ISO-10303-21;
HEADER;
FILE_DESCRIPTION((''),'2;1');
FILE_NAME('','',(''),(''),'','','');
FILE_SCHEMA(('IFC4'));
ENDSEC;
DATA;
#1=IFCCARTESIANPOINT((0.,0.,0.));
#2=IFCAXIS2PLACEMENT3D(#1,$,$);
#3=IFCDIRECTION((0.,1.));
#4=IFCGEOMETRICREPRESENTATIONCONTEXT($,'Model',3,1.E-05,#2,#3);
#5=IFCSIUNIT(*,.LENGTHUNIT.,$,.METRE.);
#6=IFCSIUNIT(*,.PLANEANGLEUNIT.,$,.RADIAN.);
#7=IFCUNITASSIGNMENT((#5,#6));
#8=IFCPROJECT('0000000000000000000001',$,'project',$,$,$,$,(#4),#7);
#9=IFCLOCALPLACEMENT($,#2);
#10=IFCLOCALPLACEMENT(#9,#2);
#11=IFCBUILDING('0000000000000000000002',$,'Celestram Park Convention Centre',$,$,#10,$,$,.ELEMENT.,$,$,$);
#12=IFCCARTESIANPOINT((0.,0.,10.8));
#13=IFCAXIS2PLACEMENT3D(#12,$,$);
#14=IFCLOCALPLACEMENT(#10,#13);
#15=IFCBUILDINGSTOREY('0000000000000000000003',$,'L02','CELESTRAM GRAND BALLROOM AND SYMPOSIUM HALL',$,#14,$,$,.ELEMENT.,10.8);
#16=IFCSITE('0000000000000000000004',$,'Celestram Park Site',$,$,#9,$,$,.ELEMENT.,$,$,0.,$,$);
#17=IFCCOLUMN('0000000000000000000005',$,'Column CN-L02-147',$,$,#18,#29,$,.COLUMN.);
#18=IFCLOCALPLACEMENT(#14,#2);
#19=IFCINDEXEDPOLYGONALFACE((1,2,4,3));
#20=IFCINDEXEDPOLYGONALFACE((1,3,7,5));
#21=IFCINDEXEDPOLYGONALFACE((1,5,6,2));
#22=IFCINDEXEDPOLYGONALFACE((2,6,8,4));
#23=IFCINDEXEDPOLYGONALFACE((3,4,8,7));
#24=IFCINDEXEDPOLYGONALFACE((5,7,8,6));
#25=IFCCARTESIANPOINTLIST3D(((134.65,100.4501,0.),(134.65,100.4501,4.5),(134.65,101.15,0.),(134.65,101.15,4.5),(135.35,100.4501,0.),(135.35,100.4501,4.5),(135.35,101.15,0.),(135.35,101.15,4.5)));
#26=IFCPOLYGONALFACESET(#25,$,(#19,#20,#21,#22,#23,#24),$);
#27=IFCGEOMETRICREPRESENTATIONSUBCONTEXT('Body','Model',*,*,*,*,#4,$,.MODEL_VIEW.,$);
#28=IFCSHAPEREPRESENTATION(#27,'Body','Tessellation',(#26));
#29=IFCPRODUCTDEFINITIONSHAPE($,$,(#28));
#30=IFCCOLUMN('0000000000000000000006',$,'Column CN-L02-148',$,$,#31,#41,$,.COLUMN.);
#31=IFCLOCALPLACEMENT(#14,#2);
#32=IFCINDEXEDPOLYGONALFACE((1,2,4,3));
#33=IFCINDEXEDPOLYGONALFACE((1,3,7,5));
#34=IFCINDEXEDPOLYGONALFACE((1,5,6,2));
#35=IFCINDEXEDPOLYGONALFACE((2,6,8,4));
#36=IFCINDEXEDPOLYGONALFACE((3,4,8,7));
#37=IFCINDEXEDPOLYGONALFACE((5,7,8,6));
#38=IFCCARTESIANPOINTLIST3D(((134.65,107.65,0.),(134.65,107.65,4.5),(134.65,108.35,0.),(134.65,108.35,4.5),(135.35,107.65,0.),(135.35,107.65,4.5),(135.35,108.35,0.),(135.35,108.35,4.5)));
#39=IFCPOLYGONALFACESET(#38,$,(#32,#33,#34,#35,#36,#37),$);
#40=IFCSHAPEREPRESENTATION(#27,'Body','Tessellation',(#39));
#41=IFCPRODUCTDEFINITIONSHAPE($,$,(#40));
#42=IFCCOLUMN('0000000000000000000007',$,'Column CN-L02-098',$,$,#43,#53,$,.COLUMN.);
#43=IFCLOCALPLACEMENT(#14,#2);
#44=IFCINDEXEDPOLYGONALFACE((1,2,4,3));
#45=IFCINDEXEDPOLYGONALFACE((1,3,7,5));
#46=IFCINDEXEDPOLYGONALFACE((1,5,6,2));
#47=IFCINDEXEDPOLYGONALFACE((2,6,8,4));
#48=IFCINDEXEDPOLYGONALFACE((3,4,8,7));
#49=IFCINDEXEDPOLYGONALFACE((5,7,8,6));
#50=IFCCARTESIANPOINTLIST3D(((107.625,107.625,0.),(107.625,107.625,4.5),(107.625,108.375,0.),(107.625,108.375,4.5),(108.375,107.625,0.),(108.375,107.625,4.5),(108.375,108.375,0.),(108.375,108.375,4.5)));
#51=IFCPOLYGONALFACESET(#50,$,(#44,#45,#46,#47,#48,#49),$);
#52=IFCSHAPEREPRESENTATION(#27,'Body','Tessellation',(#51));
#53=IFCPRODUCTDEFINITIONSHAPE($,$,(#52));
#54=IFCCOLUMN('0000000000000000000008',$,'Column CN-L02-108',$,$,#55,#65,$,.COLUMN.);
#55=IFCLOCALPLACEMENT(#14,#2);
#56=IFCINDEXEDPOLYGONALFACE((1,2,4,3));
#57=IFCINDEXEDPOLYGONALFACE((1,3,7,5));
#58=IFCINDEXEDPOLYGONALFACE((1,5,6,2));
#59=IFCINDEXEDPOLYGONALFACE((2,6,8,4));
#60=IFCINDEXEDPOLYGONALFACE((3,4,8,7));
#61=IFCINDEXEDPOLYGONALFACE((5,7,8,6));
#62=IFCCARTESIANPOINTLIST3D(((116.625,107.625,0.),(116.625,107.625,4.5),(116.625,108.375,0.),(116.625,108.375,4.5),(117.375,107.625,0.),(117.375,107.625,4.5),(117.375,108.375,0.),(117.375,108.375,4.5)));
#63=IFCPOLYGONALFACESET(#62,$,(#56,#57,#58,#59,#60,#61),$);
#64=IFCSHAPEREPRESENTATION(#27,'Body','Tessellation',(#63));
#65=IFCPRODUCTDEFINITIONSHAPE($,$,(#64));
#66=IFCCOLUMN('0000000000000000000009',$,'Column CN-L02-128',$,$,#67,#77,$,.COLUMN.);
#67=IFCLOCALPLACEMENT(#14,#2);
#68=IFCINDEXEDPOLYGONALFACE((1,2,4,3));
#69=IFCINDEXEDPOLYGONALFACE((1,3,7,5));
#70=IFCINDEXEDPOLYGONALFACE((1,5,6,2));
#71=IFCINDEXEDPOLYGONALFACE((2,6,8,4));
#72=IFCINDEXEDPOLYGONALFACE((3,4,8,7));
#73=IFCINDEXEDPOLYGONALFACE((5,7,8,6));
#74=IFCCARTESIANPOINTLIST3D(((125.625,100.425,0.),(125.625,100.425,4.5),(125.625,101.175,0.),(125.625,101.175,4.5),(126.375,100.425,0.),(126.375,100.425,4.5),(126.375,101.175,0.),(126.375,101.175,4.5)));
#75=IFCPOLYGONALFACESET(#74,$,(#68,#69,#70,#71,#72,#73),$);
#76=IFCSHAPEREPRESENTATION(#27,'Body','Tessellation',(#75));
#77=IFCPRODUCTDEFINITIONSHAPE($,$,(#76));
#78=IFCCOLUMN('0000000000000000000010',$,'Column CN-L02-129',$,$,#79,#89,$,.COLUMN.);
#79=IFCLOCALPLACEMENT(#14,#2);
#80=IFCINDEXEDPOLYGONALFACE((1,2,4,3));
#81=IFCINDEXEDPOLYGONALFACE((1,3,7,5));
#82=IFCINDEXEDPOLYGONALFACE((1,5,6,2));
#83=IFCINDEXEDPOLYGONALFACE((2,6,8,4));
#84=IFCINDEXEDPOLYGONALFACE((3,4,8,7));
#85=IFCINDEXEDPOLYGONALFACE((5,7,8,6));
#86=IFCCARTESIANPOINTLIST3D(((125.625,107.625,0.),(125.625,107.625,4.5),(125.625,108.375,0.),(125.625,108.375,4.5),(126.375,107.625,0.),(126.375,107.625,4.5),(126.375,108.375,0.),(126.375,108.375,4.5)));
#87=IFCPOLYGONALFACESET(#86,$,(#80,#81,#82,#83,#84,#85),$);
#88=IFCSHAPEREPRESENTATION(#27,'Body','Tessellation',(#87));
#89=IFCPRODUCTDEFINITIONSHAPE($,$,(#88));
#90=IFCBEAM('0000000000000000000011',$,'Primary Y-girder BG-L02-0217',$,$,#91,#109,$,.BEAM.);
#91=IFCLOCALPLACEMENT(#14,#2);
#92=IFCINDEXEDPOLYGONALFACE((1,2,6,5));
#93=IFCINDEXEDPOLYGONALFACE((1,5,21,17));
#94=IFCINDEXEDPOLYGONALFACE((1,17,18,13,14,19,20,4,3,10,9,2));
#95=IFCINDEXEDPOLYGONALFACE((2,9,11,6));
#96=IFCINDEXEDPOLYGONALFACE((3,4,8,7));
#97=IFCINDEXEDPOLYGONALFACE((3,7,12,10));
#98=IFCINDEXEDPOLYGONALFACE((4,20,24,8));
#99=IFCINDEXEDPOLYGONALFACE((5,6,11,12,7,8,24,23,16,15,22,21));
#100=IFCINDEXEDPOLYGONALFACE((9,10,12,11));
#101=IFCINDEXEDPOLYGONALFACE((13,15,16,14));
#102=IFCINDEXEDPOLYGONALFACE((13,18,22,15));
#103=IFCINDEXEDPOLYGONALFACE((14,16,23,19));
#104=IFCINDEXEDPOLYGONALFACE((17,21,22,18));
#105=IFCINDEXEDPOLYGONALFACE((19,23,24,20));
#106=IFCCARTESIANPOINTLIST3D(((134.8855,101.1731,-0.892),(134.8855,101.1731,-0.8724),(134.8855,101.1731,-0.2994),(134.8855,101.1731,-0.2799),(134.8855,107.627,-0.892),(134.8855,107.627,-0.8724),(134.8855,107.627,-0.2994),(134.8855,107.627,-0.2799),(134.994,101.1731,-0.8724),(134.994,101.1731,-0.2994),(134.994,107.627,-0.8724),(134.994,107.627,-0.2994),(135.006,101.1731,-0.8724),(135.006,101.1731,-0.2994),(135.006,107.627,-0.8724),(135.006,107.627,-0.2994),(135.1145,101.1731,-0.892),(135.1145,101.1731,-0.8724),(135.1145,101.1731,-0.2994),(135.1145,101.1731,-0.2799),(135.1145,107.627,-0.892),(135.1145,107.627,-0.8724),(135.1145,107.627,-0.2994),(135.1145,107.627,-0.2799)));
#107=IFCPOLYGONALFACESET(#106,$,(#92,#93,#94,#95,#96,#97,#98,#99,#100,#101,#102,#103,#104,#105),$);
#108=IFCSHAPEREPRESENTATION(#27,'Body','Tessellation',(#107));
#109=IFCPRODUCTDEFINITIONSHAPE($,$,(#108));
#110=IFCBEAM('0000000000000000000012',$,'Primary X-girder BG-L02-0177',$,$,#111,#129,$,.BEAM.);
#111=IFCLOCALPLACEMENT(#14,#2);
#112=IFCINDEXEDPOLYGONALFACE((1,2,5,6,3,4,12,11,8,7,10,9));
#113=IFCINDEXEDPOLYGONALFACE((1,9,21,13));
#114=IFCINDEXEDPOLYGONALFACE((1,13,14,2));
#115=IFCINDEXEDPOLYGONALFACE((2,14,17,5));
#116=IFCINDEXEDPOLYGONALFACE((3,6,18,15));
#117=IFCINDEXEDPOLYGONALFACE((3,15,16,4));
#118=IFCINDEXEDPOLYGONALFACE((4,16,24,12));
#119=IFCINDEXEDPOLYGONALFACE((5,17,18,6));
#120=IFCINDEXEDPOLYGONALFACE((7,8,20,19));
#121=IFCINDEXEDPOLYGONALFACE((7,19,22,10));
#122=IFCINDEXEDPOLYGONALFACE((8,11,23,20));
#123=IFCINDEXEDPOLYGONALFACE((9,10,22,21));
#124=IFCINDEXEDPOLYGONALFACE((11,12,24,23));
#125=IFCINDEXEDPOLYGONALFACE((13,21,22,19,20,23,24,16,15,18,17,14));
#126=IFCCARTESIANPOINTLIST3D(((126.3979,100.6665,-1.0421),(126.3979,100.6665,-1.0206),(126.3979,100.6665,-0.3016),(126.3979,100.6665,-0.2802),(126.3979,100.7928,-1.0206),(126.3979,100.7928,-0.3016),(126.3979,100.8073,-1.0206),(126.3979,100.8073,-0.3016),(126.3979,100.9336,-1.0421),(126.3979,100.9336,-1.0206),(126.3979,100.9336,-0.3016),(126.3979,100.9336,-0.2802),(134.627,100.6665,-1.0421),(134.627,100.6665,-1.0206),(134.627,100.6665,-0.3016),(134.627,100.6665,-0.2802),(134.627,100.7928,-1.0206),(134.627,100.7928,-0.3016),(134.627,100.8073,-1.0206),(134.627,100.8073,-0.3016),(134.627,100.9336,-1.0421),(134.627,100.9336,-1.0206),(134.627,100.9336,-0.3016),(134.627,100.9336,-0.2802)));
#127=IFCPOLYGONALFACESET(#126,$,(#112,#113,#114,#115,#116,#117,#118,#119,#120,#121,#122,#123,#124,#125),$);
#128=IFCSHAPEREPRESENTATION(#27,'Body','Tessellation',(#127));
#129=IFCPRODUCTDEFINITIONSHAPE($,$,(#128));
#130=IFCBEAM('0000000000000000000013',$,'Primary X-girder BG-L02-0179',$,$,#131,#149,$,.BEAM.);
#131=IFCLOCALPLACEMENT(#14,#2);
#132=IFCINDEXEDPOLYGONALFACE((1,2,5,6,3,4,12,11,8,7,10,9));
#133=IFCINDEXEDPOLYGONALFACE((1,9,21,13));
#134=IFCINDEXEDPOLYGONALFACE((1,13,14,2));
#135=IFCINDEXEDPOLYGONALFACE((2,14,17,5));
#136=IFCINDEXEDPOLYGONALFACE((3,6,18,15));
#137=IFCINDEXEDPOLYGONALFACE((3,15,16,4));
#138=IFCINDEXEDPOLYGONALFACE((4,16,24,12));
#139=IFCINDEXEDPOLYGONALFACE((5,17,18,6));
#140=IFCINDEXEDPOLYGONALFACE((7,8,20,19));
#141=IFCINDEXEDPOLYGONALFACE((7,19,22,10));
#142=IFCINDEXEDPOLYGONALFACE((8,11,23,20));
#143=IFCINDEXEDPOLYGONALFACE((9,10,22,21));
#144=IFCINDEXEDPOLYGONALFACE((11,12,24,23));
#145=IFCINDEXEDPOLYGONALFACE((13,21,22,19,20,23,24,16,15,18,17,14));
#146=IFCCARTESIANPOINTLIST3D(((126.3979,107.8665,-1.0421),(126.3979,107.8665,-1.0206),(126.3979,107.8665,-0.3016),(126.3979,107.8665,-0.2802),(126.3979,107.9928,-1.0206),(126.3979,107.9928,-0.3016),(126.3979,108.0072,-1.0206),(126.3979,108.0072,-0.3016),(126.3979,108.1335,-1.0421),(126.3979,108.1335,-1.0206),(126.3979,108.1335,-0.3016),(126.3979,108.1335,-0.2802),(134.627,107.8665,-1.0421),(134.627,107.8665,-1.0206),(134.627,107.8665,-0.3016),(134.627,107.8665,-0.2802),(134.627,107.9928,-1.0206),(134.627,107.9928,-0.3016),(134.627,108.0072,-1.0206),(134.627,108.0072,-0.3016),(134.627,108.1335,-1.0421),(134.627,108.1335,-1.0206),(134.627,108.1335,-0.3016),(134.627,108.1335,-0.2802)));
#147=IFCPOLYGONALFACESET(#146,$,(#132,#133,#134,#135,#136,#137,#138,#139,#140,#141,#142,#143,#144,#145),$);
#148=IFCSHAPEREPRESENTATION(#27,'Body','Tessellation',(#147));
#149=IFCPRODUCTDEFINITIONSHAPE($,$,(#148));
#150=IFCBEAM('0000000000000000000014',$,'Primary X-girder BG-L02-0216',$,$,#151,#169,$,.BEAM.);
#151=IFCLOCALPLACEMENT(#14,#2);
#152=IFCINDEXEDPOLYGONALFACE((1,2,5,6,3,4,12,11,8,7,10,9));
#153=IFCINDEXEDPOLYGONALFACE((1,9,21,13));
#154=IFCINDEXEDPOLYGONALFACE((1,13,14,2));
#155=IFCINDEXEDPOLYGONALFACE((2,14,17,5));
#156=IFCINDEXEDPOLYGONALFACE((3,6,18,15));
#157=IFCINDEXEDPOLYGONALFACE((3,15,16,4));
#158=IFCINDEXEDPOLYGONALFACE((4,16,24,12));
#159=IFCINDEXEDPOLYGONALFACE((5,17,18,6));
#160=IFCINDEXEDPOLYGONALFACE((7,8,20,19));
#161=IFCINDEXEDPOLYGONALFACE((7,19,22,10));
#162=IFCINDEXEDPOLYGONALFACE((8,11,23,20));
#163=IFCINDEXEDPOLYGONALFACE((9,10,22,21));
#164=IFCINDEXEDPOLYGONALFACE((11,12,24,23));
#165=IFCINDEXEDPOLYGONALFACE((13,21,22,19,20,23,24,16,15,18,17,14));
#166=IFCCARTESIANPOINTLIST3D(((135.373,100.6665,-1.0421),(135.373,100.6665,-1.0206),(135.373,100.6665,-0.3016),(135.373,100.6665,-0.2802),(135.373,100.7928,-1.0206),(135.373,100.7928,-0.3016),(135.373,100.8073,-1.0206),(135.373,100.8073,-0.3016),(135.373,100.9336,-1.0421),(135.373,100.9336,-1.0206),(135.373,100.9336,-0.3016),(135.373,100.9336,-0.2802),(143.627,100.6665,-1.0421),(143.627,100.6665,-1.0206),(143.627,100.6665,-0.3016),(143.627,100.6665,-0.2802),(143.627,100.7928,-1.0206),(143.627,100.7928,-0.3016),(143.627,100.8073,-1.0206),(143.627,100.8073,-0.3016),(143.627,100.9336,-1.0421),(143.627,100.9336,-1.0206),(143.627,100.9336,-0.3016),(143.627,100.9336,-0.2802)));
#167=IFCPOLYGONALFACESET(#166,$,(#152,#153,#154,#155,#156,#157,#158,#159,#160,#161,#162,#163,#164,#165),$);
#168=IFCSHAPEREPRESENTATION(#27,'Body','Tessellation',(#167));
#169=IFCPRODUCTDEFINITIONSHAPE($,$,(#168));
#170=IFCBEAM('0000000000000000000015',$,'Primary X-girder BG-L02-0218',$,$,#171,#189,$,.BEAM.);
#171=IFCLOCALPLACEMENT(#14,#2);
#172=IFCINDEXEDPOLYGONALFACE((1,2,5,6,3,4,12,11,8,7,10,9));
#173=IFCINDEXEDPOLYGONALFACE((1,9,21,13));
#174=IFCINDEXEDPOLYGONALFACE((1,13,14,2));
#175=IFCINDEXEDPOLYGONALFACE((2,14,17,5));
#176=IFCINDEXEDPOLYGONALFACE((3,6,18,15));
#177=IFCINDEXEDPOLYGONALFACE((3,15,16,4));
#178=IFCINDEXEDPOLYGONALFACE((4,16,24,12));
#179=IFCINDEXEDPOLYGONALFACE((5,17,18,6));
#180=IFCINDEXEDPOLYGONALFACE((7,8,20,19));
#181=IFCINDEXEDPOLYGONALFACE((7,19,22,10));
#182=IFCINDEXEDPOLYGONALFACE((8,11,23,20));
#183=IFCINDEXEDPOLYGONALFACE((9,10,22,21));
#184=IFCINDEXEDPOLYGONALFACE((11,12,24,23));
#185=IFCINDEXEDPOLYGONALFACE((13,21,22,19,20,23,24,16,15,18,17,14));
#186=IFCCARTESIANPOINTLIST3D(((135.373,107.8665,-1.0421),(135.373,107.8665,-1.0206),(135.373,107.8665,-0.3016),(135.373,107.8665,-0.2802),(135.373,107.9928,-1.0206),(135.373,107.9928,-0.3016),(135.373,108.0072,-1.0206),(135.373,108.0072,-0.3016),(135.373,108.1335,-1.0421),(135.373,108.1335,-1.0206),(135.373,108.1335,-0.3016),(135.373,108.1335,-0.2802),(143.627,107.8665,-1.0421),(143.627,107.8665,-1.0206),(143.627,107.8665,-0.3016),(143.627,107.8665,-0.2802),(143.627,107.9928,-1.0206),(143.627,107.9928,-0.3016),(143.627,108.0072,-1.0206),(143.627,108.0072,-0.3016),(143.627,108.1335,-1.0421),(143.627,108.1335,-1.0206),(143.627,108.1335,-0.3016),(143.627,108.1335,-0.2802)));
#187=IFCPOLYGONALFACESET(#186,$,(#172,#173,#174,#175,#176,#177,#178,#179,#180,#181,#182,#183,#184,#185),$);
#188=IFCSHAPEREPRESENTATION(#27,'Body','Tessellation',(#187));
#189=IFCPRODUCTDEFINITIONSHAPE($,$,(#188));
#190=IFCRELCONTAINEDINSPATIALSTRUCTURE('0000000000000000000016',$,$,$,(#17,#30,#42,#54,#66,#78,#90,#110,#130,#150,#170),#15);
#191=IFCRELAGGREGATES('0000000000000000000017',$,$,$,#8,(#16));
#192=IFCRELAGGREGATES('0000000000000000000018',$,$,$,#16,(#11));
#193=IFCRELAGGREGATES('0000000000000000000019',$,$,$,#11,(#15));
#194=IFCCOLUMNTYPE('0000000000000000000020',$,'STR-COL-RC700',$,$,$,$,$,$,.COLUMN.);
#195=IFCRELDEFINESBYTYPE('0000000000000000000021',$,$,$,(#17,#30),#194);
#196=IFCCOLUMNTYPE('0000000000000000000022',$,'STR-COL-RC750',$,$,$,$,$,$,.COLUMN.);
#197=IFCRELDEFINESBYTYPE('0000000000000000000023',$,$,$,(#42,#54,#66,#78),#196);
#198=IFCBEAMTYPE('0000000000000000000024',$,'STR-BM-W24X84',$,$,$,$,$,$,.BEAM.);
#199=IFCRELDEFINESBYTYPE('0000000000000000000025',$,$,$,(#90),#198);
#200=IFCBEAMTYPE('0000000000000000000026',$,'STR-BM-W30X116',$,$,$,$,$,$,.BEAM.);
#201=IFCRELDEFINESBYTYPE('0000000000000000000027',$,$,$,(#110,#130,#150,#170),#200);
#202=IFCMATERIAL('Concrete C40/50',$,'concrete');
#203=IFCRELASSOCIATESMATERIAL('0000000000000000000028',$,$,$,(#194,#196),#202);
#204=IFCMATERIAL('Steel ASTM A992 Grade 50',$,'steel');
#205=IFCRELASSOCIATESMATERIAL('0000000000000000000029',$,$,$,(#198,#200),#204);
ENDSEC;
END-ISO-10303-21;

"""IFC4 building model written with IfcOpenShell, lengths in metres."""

from ifc_helpers import new_model, si_unit, direction, frame, origin, origin_2d, place, context, subcontext, project, spatial, rectangle, i_section, extrude, material, material_profile, profile_set, type_object, element, save


model = new_model("IFC4")

# Units and contexts
model_context = context("Model", 3, precision=1e-05, world=origin(), true_north=direction((0.0, 1.0)))
body_context = subcontext(model_context, "Body", "Model", "MODEL_VIEW")
ifc_project = project(units=[si_unit("LENGTHUNIT", "METRE"), si_unit("PLANEANGLEUNIT", "RADIAN")], contexts=[model_context])

# Site, building, storey
site_placement = place(None, origin())
site = spatial("IfcSite", under=ifc_project, at=site_placement, Name="Celestram Park Site", CompositionType="ELEMENT", RefElevation=0.0)
building_placement = place(site_placement, origin())
building = spatial("IfcBuilding", under=site, at=building_placement, Name="Celestram Park Convention Centre", CompositionType="ELEMENT")
storey_placement = place(building_placement, frame((0.0, 0.0, 10.8)))
storey = spatial("IfcBuildingStorey", under=building, at=storey_placement, Name="L02", Description="CELESTRAM GRAND BALLROOM AND SYMPOSIUM HALL", CompositionType="ELEMENT", Elevation=10.8)

# Columns
ifc_material_1 = material(Name="Concrete C40/50", Category="concrete")
ifc_material_profile_1 = material_profile(ifc_material_1, rectangle(XDim=0.7, YDim=0.7, at=origin_2d()), Name="RC700X700")
ifc_profile_set_1 = profile_set([ifc_material_profile_1], Name="Concrete C40/50")
column_type_1 = type_object("IfcColumnType", Name="STR-COL-RC700", PredefinedType="COLUMN", material=ifc_profile_set_1)
for number, where, z_axis, x_axis, name in (
    (1, (135.0, 100.8, 0.0), (0.0, 0.0, 1.0), (1.0, 0.0, 0.0), "Column CN-L02-147"),
    (2, (135.0, 108.0, 0.0), (0.0, 0.0, 1.0), (1.0, 0.0, 0.0), "Column CN-L02-148"),
):
    element("IfcColumn", number, at=place(storey_placement, frame(where, z_axis=z_axis, x_axis=x_axis)), inside=storey, type_object=column_type_1, Name=name, PredefinedType="COLUMN", context=body_context, shape_type="SweptSolid", body=[
        extrude(rectangle(XDim=0.7, YDim=0.7, at=origin_2d()), origin(), (0.0, 0.0, 1.0), 4.5),
    ])
ifc_material_profile_2 = material_profile(ifc_material_1, rectangle(XDim=0.75, YDim=0.75, at=origin_2d()), Name="RC750X750")
ifc_profile_set_2 = profile_set([ifc_material_profile_2], Name="Concrete C40/50")
column_type_2 = type_object("IfcColumnType", Name="STR-COL-RC750", PredefinedType="COLUMN", material=ifc_profile_set_2)
for number, where, z_axis, x_axis, name in (
    (3, (108.0, 108.0, 0.0), (0.0, 0.0, 1.0), (1.0, 0.0, 0.0), "Column CN-L02-098"),
    (4, (117.0, 108.0, 0.0), (0.0, 0.0, 1.0), (1.0, 0.0, 0.0), "Column CN-L02-108"),
    (5, (126.0, 100.8, 0.0), (0.0, 0.0, 1.0), (1.0, 0.0, 0.0), "Column CN-L02-128"),
    (6, (126.0, 108.0, 0.0), (0.0, 0.0, 1.0), (1.0, 0.0, 0.0), "Column CN-L02-129"),
):
    element("IfcColumn", number, at=place(storey_placement, frame(where, z_axis=z_axis, x_axis=x_axis)), inside=storey, type_object=column_type_2, Name=name, PredefinedType="COLUMN", context=body_context, shape_type="SweptSolid", body=[
        extrude(rectangle(XDim=0.75, YDim=0.75, at=origin_2d()), origin(), (0.0, 0.0, 1.0), 4.5),
    ])

# Beams
ifc_material_2 = material(Name="Steel ASTM A992 Grade 50", Category="steel")
ifc_material_profile_3 = material_profile(ifc_material_2, i_section(OverallWidth=0.229, OverallDepth=0.6121, WebThickness=0.012, FlangeThickness=0.0195, at=origin_2d()), Name="W24X84")
ifc_profile_set_3 = profile_set([ifc_material_profile_3], Name="Steel ASTM A992 Grade 50")
beam_type_1 = type_object("IfcBeamType", Name="STR-BM-W24X84", PredefinedType="BEAM", material=ifc_profile_set_3)
beam_1_placement = place(storey_placement, frame((135.0, 101.1731, -0.5859), z_axis=(0.0, 1.0, 0.0), x_axis=(-1.0, 0.0, 0.0)))
element("IfcBeam", 7, at=beam_1_placement, inside=storey, type_object=beam_type_1, Name="Primary Y-girder BG-L02-0217", PredefinedType="BEAM", context=body_context, shape_type="SweptSolid", body=[
    extrude(i_section(OverallWidth=0.229, OverallDepth=0.6121, WebThickness=0.012, FlangeThickness=0.0195, at=origin_2d()), origin(), (0.0, 0.0, 1.0), 6.4539),
])
ifc_material_profile_4 = material_profile(ifc_material_2, i_section(OverallWidth=0.2671, OverallDepth=0.762, WebThickness=0.0144, FlangeThickness=0.0215, at=origin_2d()), Name="W30X116")
ifc_profile_set_4 = profile_set([ifc_material_profile_4], Name="Steel ASTM A992 Grade 50")
beam_type_2 = type_object("IfcBeamType", Name="STR-BM-W30X116", PredefinedType="BEAM", material=ifc_profile_set_4)
for number, where, z_axis, x_axis, name in (
    (8, (126.3979, 100.8, -0.6611), (1.0, 0.0, 0.0), (0.0, 1.0, 0.0), "Primary X-girder BG-L02-0177"),
    (9, (126.3979, 108.0, -0.6611), (1.0, 0.0, 0.0), (0.0, 1.0, 0.0), "Primary X-girder BG-L02-0179"),
):
    element("IfcBeam", number, at=place(storey_placement, frame(where, z_axis=z_axis, x_axis=x_axis)), inside=storey, type_object=beam_type_2, Name=name, PredefinedType="BEAM", context=body_context, shape_type="SweptSolid", body=[
        extrude(i_section(OverallWidth=0.2671, OverallDepth=0.762, WebThickness=0.0144, FlangeThickness=0.0215, at=origin_2d()), origin(), (0.0, 0.0, 1.0), 8.229),
    ])
for number, where, z_axis, x_axis, name in (
    (10, (135.373, 100.8, -0.6611), (1.0, 0.0, 0.0), (0.0, 1.0, 0.0), "Primary X-girder BG-L02-0216"),
    (11, (135.373, 108.0, -0.6611), (1.0, 0.0, 0.0), (0.0, 1.0, 0.0), "Primary X-girder BG-L02-0218"),
):
    element("IfcBeam", number, at=place(storey_placement, frame(where, z_axis=z_axis, x_axis=x_axis)), inside=storey, type_object=beam_type_2, Name=name, PredefinedType="BEAM", context=body_context, shape_type="SweptSolid", body=[
        extrude(i_section(OverallWidth=0.2671, OverallDepth=0.762, WebThickness=0.0144, FlangeThickness=0.0215, at=origin_2d()), origin(), (0.0, 0.0, 1.0), 8.2539),
    ])

save(model, "model.ifc")
